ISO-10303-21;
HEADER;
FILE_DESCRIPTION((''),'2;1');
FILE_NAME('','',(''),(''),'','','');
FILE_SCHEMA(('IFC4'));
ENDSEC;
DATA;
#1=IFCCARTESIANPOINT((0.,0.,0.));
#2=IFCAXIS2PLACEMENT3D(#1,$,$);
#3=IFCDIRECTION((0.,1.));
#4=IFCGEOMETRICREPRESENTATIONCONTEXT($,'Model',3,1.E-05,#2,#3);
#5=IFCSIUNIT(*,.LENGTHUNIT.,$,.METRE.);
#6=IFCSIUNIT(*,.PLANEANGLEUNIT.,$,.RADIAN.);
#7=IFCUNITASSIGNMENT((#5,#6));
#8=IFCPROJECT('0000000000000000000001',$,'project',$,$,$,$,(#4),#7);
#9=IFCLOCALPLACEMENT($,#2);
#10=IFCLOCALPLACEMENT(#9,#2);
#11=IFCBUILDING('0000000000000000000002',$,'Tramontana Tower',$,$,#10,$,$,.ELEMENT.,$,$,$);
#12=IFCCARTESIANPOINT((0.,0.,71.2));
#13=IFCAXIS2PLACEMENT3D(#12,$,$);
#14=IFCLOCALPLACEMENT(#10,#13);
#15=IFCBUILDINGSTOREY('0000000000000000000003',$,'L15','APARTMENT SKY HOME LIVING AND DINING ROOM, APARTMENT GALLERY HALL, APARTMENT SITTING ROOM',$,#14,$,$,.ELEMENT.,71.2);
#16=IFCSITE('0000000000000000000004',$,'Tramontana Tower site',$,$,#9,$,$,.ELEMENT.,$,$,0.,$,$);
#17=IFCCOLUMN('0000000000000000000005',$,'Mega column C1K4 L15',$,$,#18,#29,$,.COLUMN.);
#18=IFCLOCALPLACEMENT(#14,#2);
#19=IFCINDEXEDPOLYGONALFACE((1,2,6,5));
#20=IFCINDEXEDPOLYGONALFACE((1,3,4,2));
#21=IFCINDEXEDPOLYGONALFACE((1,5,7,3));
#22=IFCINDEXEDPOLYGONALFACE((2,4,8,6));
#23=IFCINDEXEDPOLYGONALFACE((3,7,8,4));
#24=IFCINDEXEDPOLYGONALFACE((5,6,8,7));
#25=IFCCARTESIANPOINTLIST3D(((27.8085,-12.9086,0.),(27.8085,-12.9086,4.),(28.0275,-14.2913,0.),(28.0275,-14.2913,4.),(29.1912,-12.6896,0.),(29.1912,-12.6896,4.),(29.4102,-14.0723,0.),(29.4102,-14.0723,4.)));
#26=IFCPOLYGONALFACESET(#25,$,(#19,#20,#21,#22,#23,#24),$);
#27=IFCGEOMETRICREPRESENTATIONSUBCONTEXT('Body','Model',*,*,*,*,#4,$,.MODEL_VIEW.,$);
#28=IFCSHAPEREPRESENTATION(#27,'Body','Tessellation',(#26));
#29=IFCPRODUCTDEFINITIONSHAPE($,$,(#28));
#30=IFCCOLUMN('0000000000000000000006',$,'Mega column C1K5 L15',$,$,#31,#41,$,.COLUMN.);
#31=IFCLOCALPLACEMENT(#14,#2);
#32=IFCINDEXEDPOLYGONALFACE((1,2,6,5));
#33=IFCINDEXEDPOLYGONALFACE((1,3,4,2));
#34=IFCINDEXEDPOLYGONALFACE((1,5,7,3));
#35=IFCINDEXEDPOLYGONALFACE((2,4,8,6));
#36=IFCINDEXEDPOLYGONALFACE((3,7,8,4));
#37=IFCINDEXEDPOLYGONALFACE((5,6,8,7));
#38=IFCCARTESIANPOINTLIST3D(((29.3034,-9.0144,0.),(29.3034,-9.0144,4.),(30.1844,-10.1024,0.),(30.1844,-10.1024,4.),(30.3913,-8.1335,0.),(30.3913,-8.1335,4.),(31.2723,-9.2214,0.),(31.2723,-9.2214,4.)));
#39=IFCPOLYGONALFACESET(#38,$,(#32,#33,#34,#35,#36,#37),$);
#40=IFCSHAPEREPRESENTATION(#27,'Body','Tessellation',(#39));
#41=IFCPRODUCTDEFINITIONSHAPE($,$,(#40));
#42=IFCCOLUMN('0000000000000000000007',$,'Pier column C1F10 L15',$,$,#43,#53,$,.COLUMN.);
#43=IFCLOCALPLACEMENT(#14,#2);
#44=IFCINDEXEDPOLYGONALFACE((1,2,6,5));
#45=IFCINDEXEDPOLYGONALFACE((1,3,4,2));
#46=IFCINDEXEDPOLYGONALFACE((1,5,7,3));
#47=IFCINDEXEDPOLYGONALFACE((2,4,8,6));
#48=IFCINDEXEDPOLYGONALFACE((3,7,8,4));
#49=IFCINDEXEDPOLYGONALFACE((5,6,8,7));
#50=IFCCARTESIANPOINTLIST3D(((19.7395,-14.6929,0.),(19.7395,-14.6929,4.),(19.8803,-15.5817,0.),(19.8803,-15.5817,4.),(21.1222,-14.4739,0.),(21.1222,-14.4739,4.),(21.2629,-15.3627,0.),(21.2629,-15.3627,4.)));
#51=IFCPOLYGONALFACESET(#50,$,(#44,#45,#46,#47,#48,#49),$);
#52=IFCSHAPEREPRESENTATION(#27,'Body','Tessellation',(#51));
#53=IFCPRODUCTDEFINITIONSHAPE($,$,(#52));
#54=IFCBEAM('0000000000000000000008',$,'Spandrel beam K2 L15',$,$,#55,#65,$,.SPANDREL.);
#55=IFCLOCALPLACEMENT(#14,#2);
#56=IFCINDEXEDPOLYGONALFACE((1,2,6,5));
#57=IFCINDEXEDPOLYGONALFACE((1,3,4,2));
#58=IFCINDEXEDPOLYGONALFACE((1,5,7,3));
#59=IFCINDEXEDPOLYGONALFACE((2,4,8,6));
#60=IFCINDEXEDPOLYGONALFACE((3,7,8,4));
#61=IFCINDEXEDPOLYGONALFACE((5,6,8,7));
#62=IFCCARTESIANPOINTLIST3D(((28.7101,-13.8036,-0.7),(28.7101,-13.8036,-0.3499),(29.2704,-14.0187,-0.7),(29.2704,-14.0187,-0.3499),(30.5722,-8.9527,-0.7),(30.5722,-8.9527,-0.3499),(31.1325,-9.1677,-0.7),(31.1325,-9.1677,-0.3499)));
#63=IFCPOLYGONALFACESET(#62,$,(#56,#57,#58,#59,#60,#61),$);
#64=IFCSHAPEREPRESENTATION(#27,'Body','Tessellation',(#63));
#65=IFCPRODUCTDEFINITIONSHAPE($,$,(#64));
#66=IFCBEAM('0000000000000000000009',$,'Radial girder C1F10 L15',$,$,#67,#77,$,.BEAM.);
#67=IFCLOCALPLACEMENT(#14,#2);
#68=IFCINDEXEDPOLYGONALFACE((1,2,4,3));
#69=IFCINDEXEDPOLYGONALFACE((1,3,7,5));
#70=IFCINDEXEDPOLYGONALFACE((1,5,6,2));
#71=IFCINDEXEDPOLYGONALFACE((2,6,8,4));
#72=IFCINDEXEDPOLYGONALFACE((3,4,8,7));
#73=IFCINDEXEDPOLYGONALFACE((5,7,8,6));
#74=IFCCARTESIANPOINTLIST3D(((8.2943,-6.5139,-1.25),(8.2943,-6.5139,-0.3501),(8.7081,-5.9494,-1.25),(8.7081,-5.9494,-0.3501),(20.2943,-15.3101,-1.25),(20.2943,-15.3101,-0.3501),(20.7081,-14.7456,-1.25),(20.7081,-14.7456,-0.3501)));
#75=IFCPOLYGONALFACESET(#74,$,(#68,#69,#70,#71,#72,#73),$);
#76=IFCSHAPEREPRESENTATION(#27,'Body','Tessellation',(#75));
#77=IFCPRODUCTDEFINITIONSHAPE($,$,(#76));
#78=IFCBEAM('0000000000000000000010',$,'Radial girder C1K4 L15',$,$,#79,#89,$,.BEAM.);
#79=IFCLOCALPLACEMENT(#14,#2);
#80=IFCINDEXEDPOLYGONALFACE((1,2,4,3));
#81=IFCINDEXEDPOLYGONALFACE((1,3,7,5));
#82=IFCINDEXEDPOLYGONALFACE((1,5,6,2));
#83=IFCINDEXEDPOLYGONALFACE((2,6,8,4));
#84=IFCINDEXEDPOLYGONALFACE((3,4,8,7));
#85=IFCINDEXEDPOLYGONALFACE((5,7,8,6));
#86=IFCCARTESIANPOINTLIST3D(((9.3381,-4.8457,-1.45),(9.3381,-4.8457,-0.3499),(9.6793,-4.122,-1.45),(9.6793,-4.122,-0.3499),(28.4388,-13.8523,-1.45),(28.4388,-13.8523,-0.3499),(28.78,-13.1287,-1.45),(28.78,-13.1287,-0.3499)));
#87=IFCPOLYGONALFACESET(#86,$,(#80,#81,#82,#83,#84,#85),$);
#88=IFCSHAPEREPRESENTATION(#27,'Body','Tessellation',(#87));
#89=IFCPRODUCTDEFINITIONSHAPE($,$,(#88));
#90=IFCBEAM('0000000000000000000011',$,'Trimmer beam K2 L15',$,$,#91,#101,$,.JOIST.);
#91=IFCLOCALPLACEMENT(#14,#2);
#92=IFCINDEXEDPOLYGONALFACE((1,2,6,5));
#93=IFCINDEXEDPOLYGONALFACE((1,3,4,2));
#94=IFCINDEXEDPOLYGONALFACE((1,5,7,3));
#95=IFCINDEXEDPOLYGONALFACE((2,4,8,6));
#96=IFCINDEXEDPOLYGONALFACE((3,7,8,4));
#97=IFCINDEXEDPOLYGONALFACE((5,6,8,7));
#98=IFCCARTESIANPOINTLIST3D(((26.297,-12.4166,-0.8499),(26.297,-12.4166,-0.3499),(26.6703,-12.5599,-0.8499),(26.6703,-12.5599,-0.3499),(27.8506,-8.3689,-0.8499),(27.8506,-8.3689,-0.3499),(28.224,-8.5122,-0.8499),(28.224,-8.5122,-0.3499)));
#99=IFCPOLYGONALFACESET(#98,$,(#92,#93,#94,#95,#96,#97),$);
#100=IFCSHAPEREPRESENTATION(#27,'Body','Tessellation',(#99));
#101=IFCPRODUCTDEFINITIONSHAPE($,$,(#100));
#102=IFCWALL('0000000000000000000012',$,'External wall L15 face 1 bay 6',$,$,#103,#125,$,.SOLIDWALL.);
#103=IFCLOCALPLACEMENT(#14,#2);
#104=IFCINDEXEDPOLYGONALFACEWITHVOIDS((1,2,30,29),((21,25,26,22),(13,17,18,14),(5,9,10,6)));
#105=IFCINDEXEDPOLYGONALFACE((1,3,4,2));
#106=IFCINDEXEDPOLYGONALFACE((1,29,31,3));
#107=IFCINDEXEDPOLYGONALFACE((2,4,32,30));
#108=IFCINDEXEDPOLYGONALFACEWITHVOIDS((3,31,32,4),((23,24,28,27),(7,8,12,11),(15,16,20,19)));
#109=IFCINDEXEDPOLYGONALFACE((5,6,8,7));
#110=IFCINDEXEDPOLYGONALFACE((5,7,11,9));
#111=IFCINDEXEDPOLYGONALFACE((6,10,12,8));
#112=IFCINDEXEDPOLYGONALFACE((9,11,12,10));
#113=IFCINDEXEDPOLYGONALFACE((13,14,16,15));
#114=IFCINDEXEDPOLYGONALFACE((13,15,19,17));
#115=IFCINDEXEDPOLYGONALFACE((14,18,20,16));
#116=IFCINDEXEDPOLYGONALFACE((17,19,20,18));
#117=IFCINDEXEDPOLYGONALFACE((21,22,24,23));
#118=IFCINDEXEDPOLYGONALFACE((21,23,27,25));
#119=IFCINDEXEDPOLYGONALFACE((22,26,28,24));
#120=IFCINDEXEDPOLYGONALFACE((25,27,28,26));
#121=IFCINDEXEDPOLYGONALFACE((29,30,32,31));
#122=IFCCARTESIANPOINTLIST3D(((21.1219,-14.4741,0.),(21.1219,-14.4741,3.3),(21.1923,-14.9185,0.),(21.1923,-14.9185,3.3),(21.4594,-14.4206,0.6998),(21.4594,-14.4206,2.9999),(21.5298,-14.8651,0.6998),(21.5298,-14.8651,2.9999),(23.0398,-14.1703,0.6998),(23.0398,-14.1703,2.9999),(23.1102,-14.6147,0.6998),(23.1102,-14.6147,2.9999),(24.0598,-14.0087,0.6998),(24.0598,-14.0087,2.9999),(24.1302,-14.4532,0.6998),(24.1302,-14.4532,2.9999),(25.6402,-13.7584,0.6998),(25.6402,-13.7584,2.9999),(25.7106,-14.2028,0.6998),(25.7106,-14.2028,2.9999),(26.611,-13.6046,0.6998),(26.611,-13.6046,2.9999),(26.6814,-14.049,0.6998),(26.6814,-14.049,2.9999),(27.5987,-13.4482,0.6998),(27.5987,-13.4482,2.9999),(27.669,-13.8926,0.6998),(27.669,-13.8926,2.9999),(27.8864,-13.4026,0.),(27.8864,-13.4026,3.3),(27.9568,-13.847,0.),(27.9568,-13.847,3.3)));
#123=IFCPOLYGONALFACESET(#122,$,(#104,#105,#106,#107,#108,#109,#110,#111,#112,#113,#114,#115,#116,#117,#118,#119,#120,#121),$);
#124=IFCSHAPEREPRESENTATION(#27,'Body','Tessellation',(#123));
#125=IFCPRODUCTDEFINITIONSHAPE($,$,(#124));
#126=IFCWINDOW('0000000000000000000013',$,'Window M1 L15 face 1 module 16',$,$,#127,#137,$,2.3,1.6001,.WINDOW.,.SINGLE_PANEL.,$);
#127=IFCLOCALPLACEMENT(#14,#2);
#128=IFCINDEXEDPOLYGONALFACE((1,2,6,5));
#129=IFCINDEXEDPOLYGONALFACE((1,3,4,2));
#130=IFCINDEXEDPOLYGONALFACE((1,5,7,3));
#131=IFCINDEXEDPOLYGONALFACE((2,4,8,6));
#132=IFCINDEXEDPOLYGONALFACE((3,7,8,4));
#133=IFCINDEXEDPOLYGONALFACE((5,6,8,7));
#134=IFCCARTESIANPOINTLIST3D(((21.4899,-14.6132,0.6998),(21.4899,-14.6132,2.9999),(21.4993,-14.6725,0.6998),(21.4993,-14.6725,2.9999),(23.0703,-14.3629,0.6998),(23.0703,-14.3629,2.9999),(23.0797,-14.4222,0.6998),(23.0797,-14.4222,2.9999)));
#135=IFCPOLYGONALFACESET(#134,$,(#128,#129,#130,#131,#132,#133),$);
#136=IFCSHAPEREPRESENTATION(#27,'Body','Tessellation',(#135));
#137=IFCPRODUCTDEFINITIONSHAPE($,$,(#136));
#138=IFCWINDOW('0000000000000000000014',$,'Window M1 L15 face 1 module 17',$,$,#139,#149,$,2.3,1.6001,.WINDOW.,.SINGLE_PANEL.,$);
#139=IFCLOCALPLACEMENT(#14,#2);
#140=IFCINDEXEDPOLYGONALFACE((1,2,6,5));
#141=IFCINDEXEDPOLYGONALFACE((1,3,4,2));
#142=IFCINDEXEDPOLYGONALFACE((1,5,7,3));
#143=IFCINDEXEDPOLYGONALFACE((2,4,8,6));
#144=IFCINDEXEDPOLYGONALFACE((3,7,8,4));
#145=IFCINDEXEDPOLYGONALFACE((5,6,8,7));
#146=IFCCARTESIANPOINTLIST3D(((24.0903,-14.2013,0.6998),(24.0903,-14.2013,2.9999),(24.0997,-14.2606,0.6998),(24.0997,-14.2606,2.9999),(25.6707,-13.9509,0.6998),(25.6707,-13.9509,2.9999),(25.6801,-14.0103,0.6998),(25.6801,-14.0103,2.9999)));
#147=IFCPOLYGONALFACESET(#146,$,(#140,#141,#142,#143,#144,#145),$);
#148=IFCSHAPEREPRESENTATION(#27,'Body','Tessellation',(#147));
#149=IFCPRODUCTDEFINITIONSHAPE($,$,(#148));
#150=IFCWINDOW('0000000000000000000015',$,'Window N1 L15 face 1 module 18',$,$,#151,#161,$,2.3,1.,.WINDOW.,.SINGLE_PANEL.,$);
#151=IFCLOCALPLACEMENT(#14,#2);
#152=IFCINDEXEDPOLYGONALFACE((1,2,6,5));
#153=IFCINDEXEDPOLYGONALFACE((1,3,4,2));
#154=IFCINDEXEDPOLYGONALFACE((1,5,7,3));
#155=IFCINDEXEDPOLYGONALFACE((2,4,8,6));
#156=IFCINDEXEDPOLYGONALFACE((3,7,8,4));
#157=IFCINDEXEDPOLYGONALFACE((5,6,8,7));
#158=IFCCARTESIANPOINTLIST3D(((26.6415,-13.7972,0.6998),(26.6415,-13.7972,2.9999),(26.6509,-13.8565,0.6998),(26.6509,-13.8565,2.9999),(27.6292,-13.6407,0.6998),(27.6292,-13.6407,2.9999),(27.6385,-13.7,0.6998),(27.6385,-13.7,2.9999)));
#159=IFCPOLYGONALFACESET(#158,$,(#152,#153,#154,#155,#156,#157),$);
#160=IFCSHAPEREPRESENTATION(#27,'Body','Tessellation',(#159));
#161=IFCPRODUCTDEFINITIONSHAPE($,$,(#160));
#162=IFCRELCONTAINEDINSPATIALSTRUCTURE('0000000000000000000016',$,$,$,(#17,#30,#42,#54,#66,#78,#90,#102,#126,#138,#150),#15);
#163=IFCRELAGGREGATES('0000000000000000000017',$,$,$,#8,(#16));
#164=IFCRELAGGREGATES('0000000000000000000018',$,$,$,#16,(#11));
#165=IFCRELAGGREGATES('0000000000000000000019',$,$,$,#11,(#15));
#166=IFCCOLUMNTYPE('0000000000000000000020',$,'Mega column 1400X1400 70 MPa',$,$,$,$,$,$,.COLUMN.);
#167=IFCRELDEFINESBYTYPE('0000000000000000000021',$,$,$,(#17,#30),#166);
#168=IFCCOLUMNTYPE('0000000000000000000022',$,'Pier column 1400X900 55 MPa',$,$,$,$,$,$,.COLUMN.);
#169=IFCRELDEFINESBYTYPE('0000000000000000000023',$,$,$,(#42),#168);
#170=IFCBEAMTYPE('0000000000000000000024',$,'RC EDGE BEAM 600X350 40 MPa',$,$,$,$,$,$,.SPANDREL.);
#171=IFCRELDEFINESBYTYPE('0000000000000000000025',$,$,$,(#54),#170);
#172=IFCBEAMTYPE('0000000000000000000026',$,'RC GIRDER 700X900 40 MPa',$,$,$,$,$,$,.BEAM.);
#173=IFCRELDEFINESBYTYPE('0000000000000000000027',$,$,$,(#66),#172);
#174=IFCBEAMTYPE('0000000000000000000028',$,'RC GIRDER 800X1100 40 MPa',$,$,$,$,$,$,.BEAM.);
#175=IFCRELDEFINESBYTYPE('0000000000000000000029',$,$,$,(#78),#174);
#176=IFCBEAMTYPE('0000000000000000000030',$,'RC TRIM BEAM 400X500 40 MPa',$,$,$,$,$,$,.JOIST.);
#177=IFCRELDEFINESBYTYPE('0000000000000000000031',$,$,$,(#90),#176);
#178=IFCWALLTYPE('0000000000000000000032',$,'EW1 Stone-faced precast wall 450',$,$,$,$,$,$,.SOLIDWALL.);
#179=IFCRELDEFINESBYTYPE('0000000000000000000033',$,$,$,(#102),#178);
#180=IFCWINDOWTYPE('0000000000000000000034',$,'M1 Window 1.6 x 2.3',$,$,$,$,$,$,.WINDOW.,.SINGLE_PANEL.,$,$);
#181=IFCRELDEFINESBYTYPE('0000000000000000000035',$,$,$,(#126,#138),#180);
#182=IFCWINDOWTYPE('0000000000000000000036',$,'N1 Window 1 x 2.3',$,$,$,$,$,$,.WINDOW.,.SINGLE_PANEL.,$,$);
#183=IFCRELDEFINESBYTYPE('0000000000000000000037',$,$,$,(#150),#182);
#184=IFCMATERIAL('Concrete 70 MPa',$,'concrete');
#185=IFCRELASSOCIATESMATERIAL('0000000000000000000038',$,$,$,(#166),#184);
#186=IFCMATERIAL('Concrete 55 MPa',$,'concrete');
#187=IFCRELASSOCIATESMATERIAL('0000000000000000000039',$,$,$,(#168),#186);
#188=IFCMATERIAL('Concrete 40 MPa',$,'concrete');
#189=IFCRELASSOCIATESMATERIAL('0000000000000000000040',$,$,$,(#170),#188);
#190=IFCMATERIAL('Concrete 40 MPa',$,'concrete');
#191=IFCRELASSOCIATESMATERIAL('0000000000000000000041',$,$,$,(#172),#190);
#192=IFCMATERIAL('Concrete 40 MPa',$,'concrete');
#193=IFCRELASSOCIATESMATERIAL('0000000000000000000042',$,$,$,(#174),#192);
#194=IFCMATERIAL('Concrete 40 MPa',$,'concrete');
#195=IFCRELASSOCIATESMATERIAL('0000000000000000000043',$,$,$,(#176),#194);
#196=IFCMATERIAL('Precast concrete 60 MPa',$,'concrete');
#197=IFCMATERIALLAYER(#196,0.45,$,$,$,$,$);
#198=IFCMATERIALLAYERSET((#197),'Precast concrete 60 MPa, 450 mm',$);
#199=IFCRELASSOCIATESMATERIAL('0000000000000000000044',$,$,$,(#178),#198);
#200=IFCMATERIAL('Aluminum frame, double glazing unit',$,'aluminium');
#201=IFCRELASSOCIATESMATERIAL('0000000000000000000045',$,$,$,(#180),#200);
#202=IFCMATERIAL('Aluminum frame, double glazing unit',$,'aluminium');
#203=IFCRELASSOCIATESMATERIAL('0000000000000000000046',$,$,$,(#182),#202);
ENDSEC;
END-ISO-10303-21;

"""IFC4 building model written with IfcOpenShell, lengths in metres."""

from ifc_helpers import new_model, si_unit, direction, frame, frame_2d, origin, origin_2d, place, context, subcontext, project, spatial, rectangle, extrude, material, layer, layer_set, material_profile, profile_set, type_object, element, fill, save


model = new_model("IFC4")

# Units and contexts
model_context = context("Model", 3, precision=1e-05, world=origin(), true_north=direction((0.0, 1.0)))
body_context = subcontext(model_context, "Body", "Model", "MODEL_VIEW")
ifc_project = project(units=[si_unit("LENGTHUNIT", "METRE"), si_unit("PLANEANGLEUNIT", "RADIAN")], contexts=[model_context])

# Site, building, storey
site_placement = place(None, origin())
site = spatial("IfcSite", under=ifc_project, at=site_placement, Name="Tramontana Tower site", CompositionType="ELEMENT", RefElevation=0.0)
building_placement = place(site_placement, origin())
building = spatial("IfcBuilding", under=site, at=building_placement, Name="Tramontana Tower", CompositionType="ELEMENT")
storey_placement = place(building_placement, frame((0.0, 0.0, 71.2)))
storey = spatial("IfcBuildingStorey", under=building, at=storey_placement, Name="L15", Description="APARTMENT SKY HOME LIVING AND DINING ROOM, APARTMENT GALLERY HALL, APARTMENT SITTING ROOM", CompositionType="ELEMENT", Elevation=71.2)

# Columns
ifc_material_1 = material(Name="Concrete 70 MPa", Category="concrete")
ifc_material_profile_1 = material_profile(ifc_material_1, rectangle(XDim=1.3999, YDim=1.3999, at=origin_2d()), Name="Mega column 1400X1400 70 MPa")
ifc_profile_set_1 = profile_set([ifc_material_profile_1], Name="Concrete 70 MPa")
column_type_1 = type_object("IfcColumnType", Name="Mega column 1400X1400 70 MPa", PredefinedType="COLUMN", material=ifc_profile_set_1)
for number, where, z_axis, x_axis, name in (
    (1, (28.6094, -13.4905, 0.0), (0.0, 0.0, 1.0), (0.987688, 0.156434, 0.0), "Mega column C1K4 L15"),
    (2, (30.2878, -9.1179, 0.0), (0.0, 0.0, 1.0), (-0.62932, 0.777146, 0.0), "Mega column C1K5 L15"),
):
    element("IfcColumn", number, at=place(storey_placement, frame(where, z_axis=z_axis, x_axis=x_axis)), inside=storey, type_object=column_type_1, Name=name, PredefinedType="COLUMN", context=body_context, shape_type="SweptSolid", body=[
        extrude(rectangle(XDim=1.3999, YDim=1.3999, at=origin_2d()), origin(), (0.0, 0.0, 1.0), 4.0),
    ])
ifc_material_2 = material(Name="Concrete 55 MPa", Category="concrete")
ifc_material_profile_2 = material_profile(ifc_material_2, rectangle(XDim=1.3999, YDim=0.8999, at=origin_2d()), Name="Pier column 1400X900 55 MPa")
ifc_profile_set_2 = profile_set([ifc_material_profile_2], Name="Concrete 55 MPa")
column_type_2 = type_object("IfcColumnType", Name="Pier column 1400X900 55 MPa", PredefinedType="COLUMN", material=ifc_profile_set_2)
column_placement = place(storey_placement, frame((20.5012, -15.0278, 0.0), z_axis=(0.0, 0.0, 1.0), x_axis=(0.987688, 0.156434, 0.0)))
element("IfcColumn", 3, at=column_placement, inside=storey, type_object=column_type_2, Name="Pier column C1F10 L15", PredefinedType="COLUMN", context=body_context, shape_type="SweptSolid", body=[
    extrude(rectangle(XDim=1.3999, YDim=0.8999, at=origin_2d()), origin(), (0.0, 0.0, 1.0), 4.0),
])

# Beams
ifc_material_3 = material(Name="Concrete 40 MPa", Category="concrete")
ifc_material_profile_3 = material_profile(ifc_material_3, rectangle(XDim=0.6001, YDim=0.3501, at=origin_2d()), Name="RC EDGE BEAM 600X350 40 MPa")
ifc_profile_set_3 = profile_set([ifc_material_profile_3], Name="Concrete 40 MPa")
beam_type_1 = type_object("IfcBeamType", Name="RC EDGE BEAM 600X350 40 MPa", PredefinedType="SPANDREL", material=ifc_profile_set_3)
beam_1_placement = place(storey_placement, frame((28.9902, -13.9111, -0.5249), z_axis=(0.358368, 0.93358, 0.0), x_axis=(-0.93358, 0.358368, 0.0)))
element("IfcBeam", 4, at=beam_1_placement, inside=storey, type_object=beam_type_1, Name="Spandrel beam K2 L15", PredefinedType="SPANDREL", context=body_context, shape_type="SweptSolid", body=[
    extrude(rectangle(XDim=0.6001, YDim=0.3501, at=origin_2d()), origin(), (0.0, 0.0, 1.0), 5.196),
])
ifc_material_4 = material(Name="Concrete 40 MPa", Category="concrete")
ifc_material_profile_4 = material_profile(ifc_material_4, rectangle(XDim=0.7, YDim=0.8999, at=origin_2d()), Name="RC GIRDER 700X900 40 MPa")
ifc_profile_set_4 = profile_set([ifc_material_profile_4], Name="Concrete 40 MPa")
beam_type_2 = type_object("IfcBeamType", Name="RC GIRDER 700X900 40 MPa", PredefinedType="BEAM", material=ifc_profile_set_4)
beam_2_placement = place(storey_placement, frame((20.5012, -15.0278, -0.8), z_axis=(-0.806529, 0.591195, 0.0), x_axis=(-0.591195, -0.806529, 0.0)))
element("IfcBeam", 5, at=beam_2_placement, inside=storey, type_object=beam_type_2, Name="Radial girder C1F10 L15", PredefinedType="BEAM", context=body_context, shape_type="SweptSolid", body=[
    extrude(rectangle(XDim=0.7, YDim=0.8999, at=origin_2d()), origin(), (0.0, 0.0, 1.0), 14.8787),
])
ifc_material_5 = material(Name="Concrete 40 MPa", Category="concrete")
ifc_material_profile_5 = material_profile(ifc_material_5, rectangle(XDim=0.8, YDim=1.1001, at=origin_2d()), Name="RC GIRDER 800X1100 40 MPa")
ifc_profile_set_5 = profile_set([ifc_material_profile_5], Name="Concrete 40 MPa")
beam_type_3 = type_object("IfcBeamType", Name="RC GIRDER 800X1100 40 MPa", PredefinedType="BEAM", material=ifc_profile_set_5)
beam_3_placement = place(storey_placement, frame((28.6094, -13.4905, -0.8999), z_axis=(-0.904489, 0.426498, 0.0), x_axis=(-0.426498, -0.904489, 0.0)))
element("IfcBeam", 6, at=beam_3_placement, inside=storey, type_object=beam_type_3, Name="Radial girder C1K4 L15", PredefinedType="BEAM", context=body_context, shape_type="SweptSolid", body=[
    extrude(rectangle(XDim=0.8, YDim=1.1001, at=origin_2d()), origin(), (0.0, 0.0, 1.0), 21.1177),
])
ifc_material_6 = material(Name="Concrete 40 MPa", Category="concrete")
ifc_material_profile_6 = material_profile(ifc_material_6, rectangle(XDim=0.3999, YDim=0.5, at=origin_2d()), Name="RC TRIM BEAM 400X500 40 MPa")
ifc_profile_set_6 = profile_set([ifc_material_profile_6], Name="Concrete 40 MPa")
beam_type_4 = type_object("IfcBeamType", Name="RC TRIM BEAM 400X500 40 MPa", PredefinedType="JOIST", material=ifc_profile_set_6)
beam_4_placement = place(storey_placement, frame((26.4836, -12.4883, -0.5999), z_axis=(0.358345, 0.933589, 0.0), x_axis=(-0.933589, 0.358345, 0.0)))
element("IfcBeam", 7, at=beam_4_placement, inside=storey, type_object=beam_type_4, Name="Trimmer beam K2 L15", PredefinedType="JOIST", context=body_context, shape_type="SweptSolid", body=[
    extrude(rectangle(XDim=0.3999, YDim=0.5, at=origin_2d()), origin(), (0.0, 0.0, 1.0), 4.3357),
])

# Wall, openings, windows
ifc_material_7 = material(Name="Precast concrete 60 MPa", Category="concrete")
ifc_layer_1 = layer(ifc_material_7, 0.45)
ifc_layer_set_1 = layer_set([ifc_layer_1], Name="Precast concrete 60 MPa, 450 mm")
wall_type_1 = type_object("IfcWallType", Name="EW1 Stone-faced precast wall 450", PredefinedType="SOLIDWALL", material=ifc_layer_set_1)
wall_1_placement = place(storey_placement, frame((21.1572, -14.6963, 0.0), z_axis=(0.0, 0.0, 1.0), x_axis=(0.987686, 0.156451, 0.0)))
wall_1 = element("IfcWall", 8, at=wall_1_placement, inside=storey, type_object=wall_type_1, Name="External wall L15 face 1 bay 6", PredefinedType="SOLIDWALL", context=body_context, shape_type="SweptSolid", body=[
    extrude(rectangle(XDim=6.8489, YDim=0.45, at=frame_2d((3.4243, 0.0))), origin(), (0.0, 0.0, 1.0), 3.3),
])
opening_1_placement = place(wall_1_placement, frame((0.3416, 0.0, 0.7)))
opening_1 = element("IfcOpeningElement", 9, at=opening_1_placement, cuts=wall_1, PredefinedType="OPENING", context=body_context, shape_type="SweptSolid", body=[
    extrude(rectangle(XDim=1.6001, YDim=2.3, at=frame_2d((0.8, 1.1499))), frame((0.0, 0.2349, 0.0), z_axis=(0.0, -1.0, 0.0), x_axis=(1.0, 0.0, 0.0)), (0.0, 0.0, 1.0), 0.47),
])
opening_2_placement = place(wall_1_placement, frame((2.9744, 0.0, 0.7)))
opening_2 = element("IfcOpeningElement", 10, at=opening_2_placement, cuts=wall_1, PredefinedType="OPENING", context=body_context, shape_type="SweptSolid", body=[
    extrude(rectangle(XDim=1.6001, YDim=2.3, at=frame_2d((0.8, 1.1499))), frame((0.0, 0.2349, 0.0), z_axis=(0.0, -1.0, 0.0), x_axis=(1.0, 0.0, 0.0)), (0.0, 0.0, 1.0), 0.47),
])
opening_3_placement = place(wall_1_placement, frame((5.5574, 0.0, 0.7)))
opening_3 = element("IfcOpeningElement", 11, at=opening_3_placement, cuts=wall_1, PredefinedType="OPENING", context=body_context, shape_type="SweptSolid", body=[
    extrude(rectangle(XDim=1.0, YDim=2.3, at=frame_2d((0.5, 1.1499))), frame((0.0, 0.2349, 0.0), z_axis=(0.0, -1.0, 0.0), x_axis=(1.0, 0.0, 0.0)), (0.0, 0.0, 1.0), 0.47),
])
ifc_material_8 = material(Name="Aluminum frame, double glazing unit", Category="aluminium")
window_type_1 = type_object("IfcWindowType", Name="M1 Window 1.6 x 2.3", PartitioningType="SINGLE_PANEL", PredefinedType="WINDOW", material=ifc_material_8)
window_1_placement = place(opening_1_placement, origin())
window_1 = element("IfcWindow", 12, at=window_1_placement, inside=storey, type_object=window_type_1, Name="Window M1 L15 face 1 module 16", OverallHeight=2.3, OverallWidth=1.6001, PartitioningType="SINGLE_PANEL", PredefinedType="WINDOW", context=body_context, shape_type="SweptSolid", body=[
    extrude(rectangle(XDim=1.6001, YDim=2.3, at=frame_2d((0.8, 1.1499))), frame((0.0, 0.03, 0.0), z_axis=(0.0, -1.0, 0.0), x_axis=(1.0, 0.0, 0.0)), (0.0, 0.0, 1.0), 0.0601),
])
fill(opening_1, window_1)
window_2_placement = place(opening_2_placement, origin())
window_2 = element("IfcWindow", 13, at=window_2_placement, inside=storey, type_object=window_type_1, Name="Window M1 L15 face 1 module 17", OverallHeight=2.3, OverallWidth=1.6001, PartitioningType="SINGLE_PANEL", PredefinedType="WINDOW", context=body_context, shape_type="SweptSolid", body=[
    extrude(rectangle(XDim=1.6001, YDim=2.3, at=frame_2d((0.8, 1.1499))), frame((0.0, 0.03, 0.0), z_axis=(0.0, -1.0, 0.0), x_axis=(1.0, 0.0, 0.0)), (0.0, 0.0, 1.0), 0.0601),
])
fill(opening_2, window_2)
ifc_material_9 = material(Name="Aluminum frame, double glazing unit", Category="aluminium")
window_type_2 = type_object("IfcWindowType", Name="N1 Window 1 x 2.3", PartitioningType="SINGLE_PANEL", PredefinedType="WINDOW", material=ifc_material_9)
window_3_placement = place(opening_3_placement, origin())
window_3 = element("IfcWindow", 14, at=window_3_placement, inside=storey, type_object=window_type_2, Name="Window N1 L15 face 1 module 18", OverallHeight=2.3, OverallWidth=1.0, PartitioningType="SINGLE_PANEL", PredefinedType="WINDOW", context=body_context, shape_type="SweptSolid", body=[
    extrude(rectangle(XDim=1.0, YDim=2.3, at=frame_2d((0.5, 1.1499))), frame((0.0, 0.03, 0.0), z_axis=(0.0, -1.0, 0.0), x_axis=(1.0, 0.0, 0.0)), (0.0, 0.0, 1.0), 0.0601),
])
fill(opening_3, window_3)

save(model, "model.ifc")
